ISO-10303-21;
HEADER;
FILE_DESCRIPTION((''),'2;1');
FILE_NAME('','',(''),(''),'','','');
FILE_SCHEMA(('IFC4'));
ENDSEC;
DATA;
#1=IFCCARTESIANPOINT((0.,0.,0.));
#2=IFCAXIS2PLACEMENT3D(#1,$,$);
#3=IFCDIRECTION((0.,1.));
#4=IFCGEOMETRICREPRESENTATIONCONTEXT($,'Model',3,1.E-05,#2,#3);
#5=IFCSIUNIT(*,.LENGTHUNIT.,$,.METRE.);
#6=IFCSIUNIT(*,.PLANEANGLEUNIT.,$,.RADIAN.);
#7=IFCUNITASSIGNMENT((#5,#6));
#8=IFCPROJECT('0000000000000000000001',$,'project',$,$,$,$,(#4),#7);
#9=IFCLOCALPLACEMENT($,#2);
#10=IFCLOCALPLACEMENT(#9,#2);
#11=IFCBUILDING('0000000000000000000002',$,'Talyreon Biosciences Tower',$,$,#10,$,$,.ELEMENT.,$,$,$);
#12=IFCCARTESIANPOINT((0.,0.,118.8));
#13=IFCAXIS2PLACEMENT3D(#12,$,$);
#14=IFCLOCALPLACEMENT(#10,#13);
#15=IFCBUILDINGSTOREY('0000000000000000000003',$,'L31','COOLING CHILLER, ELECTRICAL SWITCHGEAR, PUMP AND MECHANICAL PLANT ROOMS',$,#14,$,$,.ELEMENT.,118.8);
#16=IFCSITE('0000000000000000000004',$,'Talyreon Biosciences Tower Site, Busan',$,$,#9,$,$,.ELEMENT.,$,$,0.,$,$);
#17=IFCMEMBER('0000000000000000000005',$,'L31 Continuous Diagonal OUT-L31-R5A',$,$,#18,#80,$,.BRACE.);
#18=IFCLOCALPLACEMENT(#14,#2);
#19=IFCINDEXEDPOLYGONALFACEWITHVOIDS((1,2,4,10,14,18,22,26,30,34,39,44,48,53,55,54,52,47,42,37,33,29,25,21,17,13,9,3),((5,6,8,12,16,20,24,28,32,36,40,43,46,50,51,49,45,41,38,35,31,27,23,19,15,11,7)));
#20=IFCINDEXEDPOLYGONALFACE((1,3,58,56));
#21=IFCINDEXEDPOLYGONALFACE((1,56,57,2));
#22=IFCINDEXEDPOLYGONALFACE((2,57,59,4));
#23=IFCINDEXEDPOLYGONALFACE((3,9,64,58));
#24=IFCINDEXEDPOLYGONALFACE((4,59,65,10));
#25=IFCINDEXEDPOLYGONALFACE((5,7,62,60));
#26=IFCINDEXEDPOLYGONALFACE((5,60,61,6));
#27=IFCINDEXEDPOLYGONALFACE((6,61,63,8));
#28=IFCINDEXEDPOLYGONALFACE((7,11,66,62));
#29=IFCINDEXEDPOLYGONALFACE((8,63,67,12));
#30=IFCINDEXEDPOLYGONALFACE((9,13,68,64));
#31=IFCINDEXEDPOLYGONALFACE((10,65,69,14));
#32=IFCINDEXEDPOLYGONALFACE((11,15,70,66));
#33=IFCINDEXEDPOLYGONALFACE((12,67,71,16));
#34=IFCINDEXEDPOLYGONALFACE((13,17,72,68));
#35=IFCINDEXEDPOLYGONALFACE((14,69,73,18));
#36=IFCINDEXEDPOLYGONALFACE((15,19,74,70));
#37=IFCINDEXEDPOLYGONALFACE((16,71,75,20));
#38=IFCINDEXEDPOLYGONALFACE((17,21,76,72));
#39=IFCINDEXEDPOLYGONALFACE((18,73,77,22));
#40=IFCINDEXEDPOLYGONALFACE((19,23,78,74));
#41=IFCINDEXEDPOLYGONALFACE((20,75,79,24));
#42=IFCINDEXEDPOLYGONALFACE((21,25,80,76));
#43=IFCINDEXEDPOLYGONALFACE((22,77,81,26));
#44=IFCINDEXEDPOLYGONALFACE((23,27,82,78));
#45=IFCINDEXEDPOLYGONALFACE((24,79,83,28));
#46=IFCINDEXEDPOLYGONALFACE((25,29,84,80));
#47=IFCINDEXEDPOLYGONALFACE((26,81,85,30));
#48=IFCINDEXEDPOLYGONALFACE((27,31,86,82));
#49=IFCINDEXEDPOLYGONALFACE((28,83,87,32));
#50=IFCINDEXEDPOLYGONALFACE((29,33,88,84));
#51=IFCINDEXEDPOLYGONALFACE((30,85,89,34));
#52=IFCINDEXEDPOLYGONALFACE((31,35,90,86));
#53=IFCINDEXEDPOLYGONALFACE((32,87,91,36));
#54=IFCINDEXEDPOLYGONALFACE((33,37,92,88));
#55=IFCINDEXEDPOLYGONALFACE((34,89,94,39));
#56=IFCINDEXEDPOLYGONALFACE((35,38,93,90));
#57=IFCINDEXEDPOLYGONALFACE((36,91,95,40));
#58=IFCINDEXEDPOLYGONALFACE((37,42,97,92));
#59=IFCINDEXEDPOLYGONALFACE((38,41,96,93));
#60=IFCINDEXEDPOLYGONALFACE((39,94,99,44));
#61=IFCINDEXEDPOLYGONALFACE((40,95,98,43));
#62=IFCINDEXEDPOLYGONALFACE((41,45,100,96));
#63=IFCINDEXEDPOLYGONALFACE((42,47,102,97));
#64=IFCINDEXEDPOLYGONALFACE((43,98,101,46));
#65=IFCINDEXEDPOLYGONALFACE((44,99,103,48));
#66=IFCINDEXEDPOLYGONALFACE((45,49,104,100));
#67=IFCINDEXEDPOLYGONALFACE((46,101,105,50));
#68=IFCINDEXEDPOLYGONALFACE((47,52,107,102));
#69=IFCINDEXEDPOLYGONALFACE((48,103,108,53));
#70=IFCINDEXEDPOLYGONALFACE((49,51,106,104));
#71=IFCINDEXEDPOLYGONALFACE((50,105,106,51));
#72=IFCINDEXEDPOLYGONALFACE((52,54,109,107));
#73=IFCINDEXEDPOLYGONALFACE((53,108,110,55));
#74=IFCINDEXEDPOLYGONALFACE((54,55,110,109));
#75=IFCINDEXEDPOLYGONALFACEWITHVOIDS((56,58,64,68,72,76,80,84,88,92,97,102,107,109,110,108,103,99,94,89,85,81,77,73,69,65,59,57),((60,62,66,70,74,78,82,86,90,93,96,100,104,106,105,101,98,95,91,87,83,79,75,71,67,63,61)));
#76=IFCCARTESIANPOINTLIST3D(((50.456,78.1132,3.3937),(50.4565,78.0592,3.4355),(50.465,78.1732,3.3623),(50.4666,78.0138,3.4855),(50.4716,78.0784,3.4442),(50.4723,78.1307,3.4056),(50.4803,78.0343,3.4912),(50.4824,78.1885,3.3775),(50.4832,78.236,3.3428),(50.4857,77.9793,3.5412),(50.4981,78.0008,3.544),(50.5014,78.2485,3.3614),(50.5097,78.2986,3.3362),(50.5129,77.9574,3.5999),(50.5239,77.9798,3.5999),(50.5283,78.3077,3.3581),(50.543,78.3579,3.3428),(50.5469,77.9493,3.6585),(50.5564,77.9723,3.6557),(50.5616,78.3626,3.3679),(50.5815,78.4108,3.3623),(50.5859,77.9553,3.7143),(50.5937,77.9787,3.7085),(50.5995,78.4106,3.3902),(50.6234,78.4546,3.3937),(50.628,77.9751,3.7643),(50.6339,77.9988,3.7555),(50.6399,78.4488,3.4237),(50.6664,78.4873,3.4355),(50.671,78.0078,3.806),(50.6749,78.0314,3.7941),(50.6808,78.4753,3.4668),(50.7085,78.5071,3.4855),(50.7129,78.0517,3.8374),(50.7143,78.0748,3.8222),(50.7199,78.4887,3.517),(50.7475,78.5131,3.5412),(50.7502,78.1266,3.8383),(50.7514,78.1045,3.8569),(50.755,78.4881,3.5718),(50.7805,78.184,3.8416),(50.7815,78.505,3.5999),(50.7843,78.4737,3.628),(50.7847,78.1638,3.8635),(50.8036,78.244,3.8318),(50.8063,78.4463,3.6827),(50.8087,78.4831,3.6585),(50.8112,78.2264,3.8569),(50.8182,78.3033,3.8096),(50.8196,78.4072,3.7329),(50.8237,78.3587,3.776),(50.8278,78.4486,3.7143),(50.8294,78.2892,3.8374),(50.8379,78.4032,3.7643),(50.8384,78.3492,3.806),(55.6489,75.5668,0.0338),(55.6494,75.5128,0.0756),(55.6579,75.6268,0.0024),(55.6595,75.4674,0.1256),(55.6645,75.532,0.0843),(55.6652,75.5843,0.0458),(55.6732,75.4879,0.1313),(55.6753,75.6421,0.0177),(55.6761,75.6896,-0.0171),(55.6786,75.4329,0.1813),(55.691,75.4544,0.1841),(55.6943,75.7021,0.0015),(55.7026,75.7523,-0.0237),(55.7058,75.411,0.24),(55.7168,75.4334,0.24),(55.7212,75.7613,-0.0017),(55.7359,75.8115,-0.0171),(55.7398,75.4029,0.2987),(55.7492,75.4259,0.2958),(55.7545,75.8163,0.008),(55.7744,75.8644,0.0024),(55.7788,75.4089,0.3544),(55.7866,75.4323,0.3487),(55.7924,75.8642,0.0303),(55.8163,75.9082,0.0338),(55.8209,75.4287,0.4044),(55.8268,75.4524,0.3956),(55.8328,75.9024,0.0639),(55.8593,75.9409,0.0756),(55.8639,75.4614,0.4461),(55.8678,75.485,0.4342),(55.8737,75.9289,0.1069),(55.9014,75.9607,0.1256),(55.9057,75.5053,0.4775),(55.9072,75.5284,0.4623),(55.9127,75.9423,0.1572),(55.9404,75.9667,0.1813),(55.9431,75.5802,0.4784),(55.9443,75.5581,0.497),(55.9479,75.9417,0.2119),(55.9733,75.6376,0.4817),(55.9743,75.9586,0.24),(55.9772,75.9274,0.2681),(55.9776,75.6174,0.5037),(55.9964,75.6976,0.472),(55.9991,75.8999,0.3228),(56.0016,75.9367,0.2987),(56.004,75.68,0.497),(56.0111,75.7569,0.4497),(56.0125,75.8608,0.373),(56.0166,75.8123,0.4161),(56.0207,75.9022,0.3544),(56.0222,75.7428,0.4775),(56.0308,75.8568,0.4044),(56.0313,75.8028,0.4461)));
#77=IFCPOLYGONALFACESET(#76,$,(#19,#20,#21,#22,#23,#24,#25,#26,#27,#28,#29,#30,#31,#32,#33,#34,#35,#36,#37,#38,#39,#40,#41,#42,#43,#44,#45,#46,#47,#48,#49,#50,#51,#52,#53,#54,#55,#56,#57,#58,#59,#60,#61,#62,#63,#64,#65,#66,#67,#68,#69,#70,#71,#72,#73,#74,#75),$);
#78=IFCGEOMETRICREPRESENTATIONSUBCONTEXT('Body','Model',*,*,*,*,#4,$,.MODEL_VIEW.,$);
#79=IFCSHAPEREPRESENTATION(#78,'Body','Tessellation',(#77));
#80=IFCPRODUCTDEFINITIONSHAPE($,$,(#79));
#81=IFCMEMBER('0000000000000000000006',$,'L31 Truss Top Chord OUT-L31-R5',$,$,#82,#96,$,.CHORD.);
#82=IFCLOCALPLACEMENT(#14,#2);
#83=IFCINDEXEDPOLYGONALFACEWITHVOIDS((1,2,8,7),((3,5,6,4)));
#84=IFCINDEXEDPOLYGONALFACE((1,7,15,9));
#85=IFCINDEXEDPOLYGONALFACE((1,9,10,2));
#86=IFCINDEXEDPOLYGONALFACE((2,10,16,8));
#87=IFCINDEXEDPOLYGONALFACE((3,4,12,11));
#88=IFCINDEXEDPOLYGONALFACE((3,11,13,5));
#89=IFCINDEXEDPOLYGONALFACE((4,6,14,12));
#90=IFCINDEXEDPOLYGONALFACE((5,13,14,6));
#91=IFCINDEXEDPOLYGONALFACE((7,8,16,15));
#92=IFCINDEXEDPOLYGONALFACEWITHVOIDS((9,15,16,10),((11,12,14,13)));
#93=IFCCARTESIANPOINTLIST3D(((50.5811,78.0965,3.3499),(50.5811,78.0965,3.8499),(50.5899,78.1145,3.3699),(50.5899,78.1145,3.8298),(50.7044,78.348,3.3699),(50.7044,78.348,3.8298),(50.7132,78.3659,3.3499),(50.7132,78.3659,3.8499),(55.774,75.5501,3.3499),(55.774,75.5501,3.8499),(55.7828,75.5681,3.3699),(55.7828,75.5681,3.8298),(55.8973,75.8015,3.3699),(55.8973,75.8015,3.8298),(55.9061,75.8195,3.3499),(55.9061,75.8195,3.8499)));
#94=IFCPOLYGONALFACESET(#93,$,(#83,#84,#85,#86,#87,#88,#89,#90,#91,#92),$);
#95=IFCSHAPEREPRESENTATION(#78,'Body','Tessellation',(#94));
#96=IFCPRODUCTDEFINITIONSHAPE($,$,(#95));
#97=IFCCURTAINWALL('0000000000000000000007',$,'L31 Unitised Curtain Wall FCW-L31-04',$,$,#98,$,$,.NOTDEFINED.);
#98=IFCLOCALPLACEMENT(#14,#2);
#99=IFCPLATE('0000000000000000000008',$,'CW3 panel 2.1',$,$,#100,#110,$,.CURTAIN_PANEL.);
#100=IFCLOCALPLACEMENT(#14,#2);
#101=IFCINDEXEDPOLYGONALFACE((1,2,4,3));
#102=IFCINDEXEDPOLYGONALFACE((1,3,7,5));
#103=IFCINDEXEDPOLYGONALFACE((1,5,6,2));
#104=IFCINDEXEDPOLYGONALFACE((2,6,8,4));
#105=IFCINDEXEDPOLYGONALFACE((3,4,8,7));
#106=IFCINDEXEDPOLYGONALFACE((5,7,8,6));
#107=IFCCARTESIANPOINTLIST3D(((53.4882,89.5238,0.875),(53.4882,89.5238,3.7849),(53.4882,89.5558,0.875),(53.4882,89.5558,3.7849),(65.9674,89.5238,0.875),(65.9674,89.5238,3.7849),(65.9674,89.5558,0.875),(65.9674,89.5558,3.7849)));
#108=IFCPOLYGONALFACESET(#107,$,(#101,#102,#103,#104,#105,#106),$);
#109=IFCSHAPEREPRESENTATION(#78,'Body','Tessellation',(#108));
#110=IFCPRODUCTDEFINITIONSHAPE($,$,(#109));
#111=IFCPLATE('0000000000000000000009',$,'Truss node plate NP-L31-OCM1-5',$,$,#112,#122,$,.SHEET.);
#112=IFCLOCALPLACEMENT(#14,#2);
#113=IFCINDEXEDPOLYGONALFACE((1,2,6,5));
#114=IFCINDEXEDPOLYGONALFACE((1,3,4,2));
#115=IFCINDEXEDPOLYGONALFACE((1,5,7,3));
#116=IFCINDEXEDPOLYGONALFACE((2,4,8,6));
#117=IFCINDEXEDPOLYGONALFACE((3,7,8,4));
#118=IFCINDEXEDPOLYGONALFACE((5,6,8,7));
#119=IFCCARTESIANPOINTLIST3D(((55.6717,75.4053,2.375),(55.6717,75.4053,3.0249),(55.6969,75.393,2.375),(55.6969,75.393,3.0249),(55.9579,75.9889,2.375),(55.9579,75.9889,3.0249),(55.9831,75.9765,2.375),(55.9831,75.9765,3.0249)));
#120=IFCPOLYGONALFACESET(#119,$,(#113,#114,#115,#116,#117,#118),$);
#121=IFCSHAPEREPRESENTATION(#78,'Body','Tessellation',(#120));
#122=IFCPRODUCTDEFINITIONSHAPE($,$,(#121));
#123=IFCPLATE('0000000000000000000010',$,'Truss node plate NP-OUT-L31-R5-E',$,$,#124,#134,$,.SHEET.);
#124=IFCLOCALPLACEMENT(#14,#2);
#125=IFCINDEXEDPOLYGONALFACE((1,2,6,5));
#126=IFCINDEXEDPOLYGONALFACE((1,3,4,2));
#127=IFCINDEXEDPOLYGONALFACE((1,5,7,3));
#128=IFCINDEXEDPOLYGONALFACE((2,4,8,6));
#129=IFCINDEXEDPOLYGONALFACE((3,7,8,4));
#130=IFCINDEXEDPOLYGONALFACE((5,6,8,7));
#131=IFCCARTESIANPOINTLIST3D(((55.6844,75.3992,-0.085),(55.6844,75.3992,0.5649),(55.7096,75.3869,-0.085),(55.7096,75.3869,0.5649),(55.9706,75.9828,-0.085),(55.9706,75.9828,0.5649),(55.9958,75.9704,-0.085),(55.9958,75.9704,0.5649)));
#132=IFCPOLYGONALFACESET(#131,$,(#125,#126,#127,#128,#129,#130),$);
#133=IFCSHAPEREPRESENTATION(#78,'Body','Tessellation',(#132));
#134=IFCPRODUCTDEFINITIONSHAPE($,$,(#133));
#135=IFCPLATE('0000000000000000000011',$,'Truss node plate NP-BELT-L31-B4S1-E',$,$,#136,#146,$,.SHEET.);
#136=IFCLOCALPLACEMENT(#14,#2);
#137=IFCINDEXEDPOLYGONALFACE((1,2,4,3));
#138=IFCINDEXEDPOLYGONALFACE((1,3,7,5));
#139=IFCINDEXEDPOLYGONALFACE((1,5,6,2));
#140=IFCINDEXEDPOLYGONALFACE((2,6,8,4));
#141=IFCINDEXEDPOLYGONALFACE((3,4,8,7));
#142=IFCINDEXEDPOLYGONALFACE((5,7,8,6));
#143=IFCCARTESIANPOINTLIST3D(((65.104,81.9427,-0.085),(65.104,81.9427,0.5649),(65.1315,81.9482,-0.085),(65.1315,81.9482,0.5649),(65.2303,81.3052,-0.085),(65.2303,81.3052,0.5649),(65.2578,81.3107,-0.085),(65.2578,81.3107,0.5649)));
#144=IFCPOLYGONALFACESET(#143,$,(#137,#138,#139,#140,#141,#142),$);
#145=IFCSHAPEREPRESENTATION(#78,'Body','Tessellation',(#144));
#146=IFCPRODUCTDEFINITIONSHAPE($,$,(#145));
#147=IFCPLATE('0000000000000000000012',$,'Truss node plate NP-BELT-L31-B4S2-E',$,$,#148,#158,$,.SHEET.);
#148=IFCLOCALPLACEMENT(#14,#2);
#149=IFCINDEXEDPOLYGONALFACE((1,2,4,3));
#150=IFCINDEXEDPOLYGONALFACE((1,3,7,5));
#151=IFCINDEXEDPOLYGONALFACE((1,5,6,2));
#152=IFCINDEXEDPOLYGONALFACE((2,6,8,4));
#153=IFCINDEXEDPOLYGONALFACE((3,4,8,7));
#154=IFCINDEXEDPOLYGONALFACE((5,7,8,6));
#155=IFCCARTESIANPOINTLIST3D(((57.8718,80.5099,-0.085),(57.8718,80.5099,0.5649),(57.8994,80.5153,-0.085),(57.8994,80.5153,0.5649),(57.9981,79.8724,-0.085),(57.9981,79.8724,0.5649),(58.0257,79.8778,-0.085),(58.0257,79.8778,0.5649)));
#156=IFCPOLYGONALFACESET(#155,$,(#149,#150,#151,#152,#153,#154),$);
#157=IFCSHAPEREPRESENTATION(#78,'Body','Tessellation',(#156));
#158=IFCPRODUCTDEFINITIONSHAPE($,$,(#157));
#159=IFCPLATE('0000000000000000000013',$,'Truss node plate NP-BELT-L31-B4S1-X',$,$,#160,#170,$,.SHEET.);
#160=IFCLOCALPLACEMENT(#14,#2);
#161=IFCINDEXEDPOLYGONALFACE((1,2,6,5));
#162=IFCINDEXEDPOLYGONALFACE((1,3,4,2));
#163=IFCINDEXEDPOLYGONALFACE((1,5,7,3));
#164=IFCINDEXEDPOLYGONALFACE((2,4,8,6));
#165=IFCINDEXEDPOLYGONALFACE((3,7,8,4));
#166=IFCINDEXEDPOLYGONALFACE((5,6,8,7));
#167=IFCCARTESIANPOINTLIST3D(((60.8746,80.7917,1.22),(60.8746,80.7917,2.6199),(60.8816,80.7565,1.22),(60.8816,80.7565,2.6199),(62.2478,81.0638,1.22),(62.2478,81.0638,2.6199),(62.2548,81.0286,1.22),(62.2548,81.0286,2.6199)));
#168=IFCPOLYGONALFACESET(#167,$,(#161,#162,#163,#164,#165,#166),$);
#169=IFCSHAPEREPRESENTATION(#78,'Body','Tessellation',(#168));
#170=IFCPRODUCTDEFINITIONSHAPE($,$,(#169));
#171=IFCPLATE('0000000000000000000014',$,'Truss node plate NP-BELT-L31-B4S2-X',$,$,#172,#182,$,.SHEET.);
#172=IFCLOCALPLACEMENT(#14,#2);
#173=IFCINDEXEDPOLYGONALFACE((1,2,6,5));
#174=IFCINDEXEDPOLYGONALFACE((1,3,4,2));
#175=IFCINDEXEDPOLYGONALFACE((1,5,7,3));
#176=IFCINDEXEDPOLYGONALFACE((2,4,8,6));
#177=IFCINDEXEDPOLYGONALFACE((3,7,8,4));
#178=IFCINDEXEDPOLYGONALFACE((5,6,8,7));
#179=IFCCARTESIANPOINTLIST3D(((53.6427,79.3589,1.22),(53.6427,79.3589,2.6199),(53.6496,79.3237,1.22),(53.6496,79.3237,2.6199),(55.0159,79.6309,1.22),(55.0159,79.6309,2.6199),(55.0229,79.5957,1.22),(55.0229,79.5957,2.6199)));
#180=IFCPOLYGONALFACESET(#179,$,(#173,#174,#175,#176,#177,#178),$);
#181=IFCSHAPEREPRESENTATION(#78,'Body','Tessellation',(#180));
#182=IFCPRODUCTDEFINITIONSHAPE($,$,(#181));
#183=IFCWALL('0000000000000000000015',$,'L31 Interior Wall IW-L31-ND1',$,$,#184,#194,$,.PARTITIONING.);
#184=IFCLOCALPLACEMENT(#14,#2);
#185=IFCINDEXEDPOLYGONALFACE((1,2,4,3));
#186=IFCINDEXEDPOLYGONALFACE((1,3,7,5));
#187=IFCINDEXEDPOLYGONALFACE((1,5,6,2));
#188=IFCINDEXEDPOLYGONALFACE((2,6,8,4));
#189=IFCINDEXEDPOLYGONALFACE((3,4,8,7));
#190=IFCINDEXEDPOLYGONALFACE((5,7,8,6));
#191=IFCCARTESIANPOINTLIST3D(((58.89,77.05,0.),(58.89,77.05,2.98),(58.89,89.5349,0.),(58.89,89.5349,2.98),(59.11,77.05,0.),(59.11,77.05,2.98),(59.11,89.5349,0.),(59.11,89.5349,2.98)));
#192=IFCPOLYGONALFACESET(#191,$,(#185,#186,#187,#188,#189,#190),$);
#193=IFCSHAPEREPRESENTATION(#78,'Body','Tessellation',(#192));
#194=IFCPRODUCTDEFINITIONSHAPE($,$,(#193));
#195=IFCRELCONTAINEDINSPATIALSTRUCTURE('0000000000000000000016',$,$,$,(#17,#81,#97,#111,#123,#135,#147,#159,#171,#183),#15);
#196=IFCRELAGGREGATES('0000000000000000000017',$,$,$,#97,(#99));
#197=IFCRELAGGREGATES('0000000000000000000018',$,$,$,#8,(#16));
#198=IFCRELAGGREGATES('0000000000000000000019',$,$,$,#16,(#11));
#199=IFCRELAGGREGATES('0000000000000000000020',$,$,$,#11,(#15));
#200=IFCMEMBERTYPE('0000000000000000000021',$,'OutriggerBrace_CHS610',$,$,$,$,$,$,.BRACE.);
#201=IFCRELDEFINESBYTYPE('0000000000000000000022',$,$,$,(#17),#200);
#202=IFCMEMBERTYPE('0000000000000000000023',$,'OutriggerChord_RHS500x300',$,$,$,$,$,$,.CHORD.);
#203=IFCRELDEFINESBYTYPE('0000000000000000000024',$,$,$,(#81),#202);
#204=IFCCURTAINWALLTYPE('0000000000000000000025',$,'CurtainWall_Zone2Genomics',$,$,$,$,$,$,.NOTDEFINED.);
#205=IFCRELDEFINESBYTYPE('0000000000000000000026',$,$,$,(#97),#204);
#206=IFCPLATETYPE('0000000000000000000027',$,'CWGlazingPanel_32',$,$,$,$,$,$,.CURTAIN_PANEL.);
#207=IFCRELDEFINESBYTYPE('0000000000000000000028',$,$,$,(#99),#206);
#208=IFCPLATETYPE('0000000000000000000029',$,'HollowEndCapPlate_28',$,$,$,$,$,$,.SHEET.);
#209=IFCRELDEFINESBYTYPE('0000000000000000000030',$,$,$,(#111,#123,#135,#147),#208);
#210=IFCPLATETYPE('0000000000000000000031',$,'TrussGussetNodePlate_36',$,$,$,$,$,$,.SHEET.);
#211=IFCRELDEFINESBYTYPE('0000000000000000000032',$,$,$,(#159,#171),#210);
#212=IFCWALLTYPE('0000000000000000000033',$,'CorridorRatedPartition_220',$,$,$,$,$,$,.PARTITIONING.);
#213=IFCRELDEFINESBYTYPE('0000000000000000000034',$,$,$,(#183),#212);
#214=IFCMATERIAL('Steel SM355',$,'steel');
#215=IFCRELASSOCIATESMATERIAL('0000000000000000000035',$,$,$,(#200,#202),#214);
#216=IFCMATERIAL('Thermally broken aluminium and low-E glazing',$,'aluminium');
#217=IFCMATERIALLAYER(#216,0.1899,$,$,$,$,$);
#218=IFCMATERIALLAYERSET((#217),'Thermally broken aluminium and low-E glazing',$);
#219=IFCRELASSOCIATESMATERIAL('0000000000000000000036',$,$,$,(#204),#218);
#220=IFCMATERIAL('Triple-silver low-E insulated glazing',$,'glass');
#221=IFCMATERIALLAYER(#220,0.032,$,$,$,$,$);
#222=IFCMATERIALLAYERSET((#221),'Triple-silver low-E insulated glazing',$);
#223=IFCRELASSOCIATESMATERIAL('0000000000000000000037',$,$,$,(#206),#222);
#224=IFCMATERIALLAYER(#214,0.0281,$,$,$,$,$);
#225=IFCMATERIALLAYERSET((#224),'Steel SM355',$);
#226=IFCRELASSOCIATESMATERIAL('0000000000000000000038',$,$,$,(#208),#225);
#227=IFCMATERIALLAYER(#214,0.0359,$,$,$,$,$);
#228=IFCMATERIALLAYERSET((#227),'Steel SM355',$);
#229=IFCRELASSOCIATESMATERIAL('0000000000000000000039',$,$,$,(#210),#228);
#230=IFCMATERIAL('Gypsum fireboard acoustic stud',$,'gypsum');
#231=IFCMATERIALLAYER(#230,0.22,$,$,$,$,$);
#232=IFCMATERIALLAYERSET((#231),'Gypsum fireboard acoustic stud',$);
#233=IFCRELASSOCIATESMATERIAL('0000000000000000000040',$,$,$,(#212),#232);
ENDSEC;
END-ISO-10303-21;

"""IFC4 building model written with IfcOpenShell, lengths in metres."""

from ifc_helpers import new_model, si_unit, direction, frame, frame_2d, origin, origin_2d, place, context, subcontext, project, spatial, rectangle, hollow_rectangle, hollow_circle, extrude, material, layer, layer_set, material_profile, profile_set, type_object, element, aggregate, save


model = new_model("IFC4")

# Units and contexts
model_context = context("Model", 3, precision=1e-05, world=origin(), true_north=direction((0.0, 1.0)))
body_context = subcontext(model_context, "Body", "Model", "MODEL_VIEW")
ifc_project = project(units=[si_unit("LENGTHUNIT", "METRE"), si_unit("PLANEANGLEUNIT", "RADIAN")], contexts=[model_context])

# Site, building, storey
site_placement = place(None, origin())
site = spatial("IfcSite", under=ifc_project, at=site_placement, Name="Talyreon Biosciences Tower Site, Busan", CompositionType="ELEMENT", RefElevation=0.0)
building_placement = place(site_placement, origin())
building = spatial("IfcBuilding", under=site, at=building_placement, Name="Talyreon Biosciences Tower", CompositionType="ELEMENT")
storey_placement = place(building_placement, frame((0.0, 0.0, 118.8)))
storey = spatial("IfcBuildingStorey", under=building, at=storey_placement, Name="L31", Description="COOLING CHILLER, ELECTRICAL SWITCHGEAR, PUMP AND MECHANICAL PLANT ROOMS", CompositionType="ELEMENT", Elevation=118.8)

# Members
ifc_material_1 = material(Name="Steel SM355", Category="steel")
ifc_material_profile_1 = material_profile(ifc_material_1, hollow_circle(Radius=0.3049, WallThickness=0.0249, at=origin_2d()), Name="CHS 610x25")
ifc_profile_set_1 = profile_set([ifc_material_profile_1], Name="Steel SM355")
member_type_1 = type_object("IfcMemberType", Name="OutriggerBrace_CHS610", PredefinedType="BRACE", material=ifc_profile_set_1)
member_1_placement = place(storey_placement, frame((55.8401, 75.6848, 0.24), z_axis=(-0.776365, 0.3807, 0.50232), x_axis=(-0.440277, -0.897862, 0.0)))
element("IfcMember", 1, at=member_1_placement, inside=storey, type_object=member_type_1, Name="L31 Continuous Diagonal OUT-L31-R5A", PredefinedType="BRACE", context=body_context, shape_type="SweptSolid", body=[
    extrude(hollow_circle(Radius=0.3049, WallThickness=0.0249, at=origin_2d()), origin(), (0.0, 0.0, 1.0), 6.6887),
])
ifc_material_profile_2 = material_profile(ifc_material_1, hollow_rectangle(XDim=0.3, YDim=0.5, WallThickness=0.02, at=origin_2d()), Name="RHS 500x300x20")
ifc_profile_set_2 = profile_set([ifc_material_profile_2], Name="Steel SM355")
member_type_2 = type_object("IfcMemberType", Name="OutriggerChord_RHS500x300", PredefinedType="CHORD", material=ifc_profile_set_2)
member_2_placement = place(storey_placement, frame((55.8401, 75.6848, 3.5999), z_axis=(-0.897862, 0.440277, 0.0), x_axis=(-0.440277, -0.897862, 0.0)))
element("IfcMember", 2, at=member_2_placement, inside=storey, type_object=member_type_2, Name="L31 Truss Top Chord OUT-L31-R5", PredefinedType="CHORD", context=body_context, shape_type="SweptSolid", body=[
    extrude(hollow_rectangle(XDim=0.3, YDim=0.5, WallThickness=0.02, at=origin_2d()), origin(), (0.0, 0.0, 1.0), 5.7837),
])

# Curtain wall, plate
ifc_material_2 = material(Name="Thermally broken aluminium and low-E glazing", Category="aluminium")
ifc_layer_1 = layer(ifc_material_2, 0.1899)
ifc_layer_set_1 = layer_set([ifc_layer_1], Name="Thermally broken aluminium and low-E glazing")
curtain_wall_type = type_object("IfcCurtainWallType", Name="CurtainWall_Zone2Genomics", PredefinedType="NOTDEFINED", material=ifc_layer_set_1)
curtain_wall_placement = place(storey_placement, origin())
curtain_wall = element("IfcCurtainWall", 3, at=curtain_wall_placement, inside=storey, type_object=curtain_wall_type, Name="L31 Unitised Curtain Wall FCW-L31-04", PredefinedType="NOTDEFINED")
ifc_material_3 = material(Name="Triple-silver low-E insulated glazing", Category="glass")
ifc_layer_2 = layer(ifc_material_3, 0.032)
ifc_layer_set_2 = layer_set([ifc_layer_2], Name="Triple-silver low-E insulated glazing")
plate_type_1 = type_object("IfcPlateType", Name="CWGlazingPanel_32", PredefinedType="CURTAIN_PANEL", material=ifc_layer_set_2)
plate_placement = place(storey_placement, frame((59.7278, 89.5398, 0.875), z_axis=(0.0, 0.0, 1.0), x_axis=(1.0, 0.0, 0.0)))
plate = element("IfcPlate", 4, at=plate_placement, type_object=plate_type_1, Name="CW3 panel 2.1", PredefinedType="CURTAIN_PANEL", context=body_context, shape_type="SweptSolid", body=[
    extrude(rectangle(XDim=12.4792, YDim=0.032, at=origin_2d()), origin(), (0.0, 0.0, 1.0), 2.9099),
])
aggregate(curtain_wall, [plate])

# Plates
ifc_layer_3 = layer(ifc_material_1, 0.0281)
ifc_layer_set_3 = layer_set([ifc_layer_3], Name="Steel SM355")
plate_type_2 = type_object("IfcPlateType", Name="HollowEndCapPlate_28", PredefinedType="SHEET", material=ifc_layer_set_3)
for number, where, z_axis, x_axis, name in (
    (5, (55.8274, 75.6909, 2.375), (0.0, 0.0, 1.0), (-0.440284, -0.897859, 0.0), "Truss node plate NP-L31-OCM1-5"),
    (6, (55.8401, 75.6848, -0.085), (0.0, 0.0, 1.0), (-0.440284, -0.897859, 0.0), "Truss node plate NP-OUT-L31-R5-E"),
    (7, (65.1809, 81.6267, -0.085), (0.0, 0.0, 1.0), (0.194337, -0.980935, 0.0), "Truss node plate NP-BELT-L31-B4S1-E"),
    (8, (57.9487, 80.1938, -0.085), (0.0, 0.0, 1.0), (0.194337, -0.980935, 0.0), "Truss node plate NP-BELT-L31-B4S2-E"),
):
    element("IfcPlate", number, at=place(storey_placement, frame(where, z_axis=z_axis, x_axis=x_axis)), inside=storey, type_object=plate_type_2, Name=name, PredefinedType="SHEET", context=body_context, shape_type="SweptSolid", body=[
        extrude(rectangle(XDim=0.6499, YDim=0.0281, at=origin_2d()), origin(), (0.0, 0.0, 1.0), 0.6499),
    ])
ifc_layer_4 = layer(ifc_material_1, 0.0359)
ifc_layer_set_4 = layer_set([ifc_layer_4], Name="Steel SM355")
plate_type_3 = type_object("IfcPlateType", Name="TrussGussetNodePlate_36", PredefinedType="SHEET", material=ifc_layer_set_4)
for number, where, z_axis, x_axis, name in (
    (9, (61.5647, 80.9102, 1.22), (0.0, 0.0, 1.0), (-0.980935, -0.194337, 0.0), "Truss node plate NP-BELT-L31-B4S1-X"),
    (10, (54.3328, 79.4773, 1.22), (0.0, 0.0, 1.0), (-0.980935, -0.194337, 0.0), "Truss node plate NP-BELT-L31-B4S2-X"),
):
    element("IfcPlate", number, at=place(storey_placement, frame(where, z_axis=z_axis, x_axis=x_axis)), inside=storey, type_object=plate_type_3, Name=name, PredefinedType="SHEET", context=body_context, shape_type="SweptSolid", body=[
        extrude(rectangle(XDim=1.3999, YDim=0.0359, at=origin_2d()), origin(), (0.0, 0.0, 1.0), 1.3999),
    ])

# Wall
ifc_material_4 = material(Name="Gypsum fireboard acoustic stud", Category="gypsum")
ifc_layer_5 = layer(ifc_material_4, 0.22)
ifc_layer_set_5 = layer_set([ifc_layer_5], Name="Gypsum fireboard acoustic stud")
wall_type = type_object("IfcWallType", Name="CorridorRatedPartition_220", PredefinedType="PARTITIONING", material=ifc_layer_set_5)
wall_1_placement = place(storey_placement, frame((59.0, 77.05, 0.0), z_axis=(0.0, 0.0, 1.0), x_axis=(0.0, 1.0, 0.0)))
element("IfcWall", 11, at=wall_1_placement, inside=storey, type_object=wall_type, Name="L31 Interior Wall IW-L31-ND1", PredefinedType="PARTITIONING", context=body_context, shape_type="SweptSolid", body=[
    extrude(rectangle(XDim=12.4849, YDim=0.22, at=frame_2d((6.2424, 0.0))), origin(), (0.0, 0.0, 1.0), 2.98),
])

save(model, "model.ifc")
